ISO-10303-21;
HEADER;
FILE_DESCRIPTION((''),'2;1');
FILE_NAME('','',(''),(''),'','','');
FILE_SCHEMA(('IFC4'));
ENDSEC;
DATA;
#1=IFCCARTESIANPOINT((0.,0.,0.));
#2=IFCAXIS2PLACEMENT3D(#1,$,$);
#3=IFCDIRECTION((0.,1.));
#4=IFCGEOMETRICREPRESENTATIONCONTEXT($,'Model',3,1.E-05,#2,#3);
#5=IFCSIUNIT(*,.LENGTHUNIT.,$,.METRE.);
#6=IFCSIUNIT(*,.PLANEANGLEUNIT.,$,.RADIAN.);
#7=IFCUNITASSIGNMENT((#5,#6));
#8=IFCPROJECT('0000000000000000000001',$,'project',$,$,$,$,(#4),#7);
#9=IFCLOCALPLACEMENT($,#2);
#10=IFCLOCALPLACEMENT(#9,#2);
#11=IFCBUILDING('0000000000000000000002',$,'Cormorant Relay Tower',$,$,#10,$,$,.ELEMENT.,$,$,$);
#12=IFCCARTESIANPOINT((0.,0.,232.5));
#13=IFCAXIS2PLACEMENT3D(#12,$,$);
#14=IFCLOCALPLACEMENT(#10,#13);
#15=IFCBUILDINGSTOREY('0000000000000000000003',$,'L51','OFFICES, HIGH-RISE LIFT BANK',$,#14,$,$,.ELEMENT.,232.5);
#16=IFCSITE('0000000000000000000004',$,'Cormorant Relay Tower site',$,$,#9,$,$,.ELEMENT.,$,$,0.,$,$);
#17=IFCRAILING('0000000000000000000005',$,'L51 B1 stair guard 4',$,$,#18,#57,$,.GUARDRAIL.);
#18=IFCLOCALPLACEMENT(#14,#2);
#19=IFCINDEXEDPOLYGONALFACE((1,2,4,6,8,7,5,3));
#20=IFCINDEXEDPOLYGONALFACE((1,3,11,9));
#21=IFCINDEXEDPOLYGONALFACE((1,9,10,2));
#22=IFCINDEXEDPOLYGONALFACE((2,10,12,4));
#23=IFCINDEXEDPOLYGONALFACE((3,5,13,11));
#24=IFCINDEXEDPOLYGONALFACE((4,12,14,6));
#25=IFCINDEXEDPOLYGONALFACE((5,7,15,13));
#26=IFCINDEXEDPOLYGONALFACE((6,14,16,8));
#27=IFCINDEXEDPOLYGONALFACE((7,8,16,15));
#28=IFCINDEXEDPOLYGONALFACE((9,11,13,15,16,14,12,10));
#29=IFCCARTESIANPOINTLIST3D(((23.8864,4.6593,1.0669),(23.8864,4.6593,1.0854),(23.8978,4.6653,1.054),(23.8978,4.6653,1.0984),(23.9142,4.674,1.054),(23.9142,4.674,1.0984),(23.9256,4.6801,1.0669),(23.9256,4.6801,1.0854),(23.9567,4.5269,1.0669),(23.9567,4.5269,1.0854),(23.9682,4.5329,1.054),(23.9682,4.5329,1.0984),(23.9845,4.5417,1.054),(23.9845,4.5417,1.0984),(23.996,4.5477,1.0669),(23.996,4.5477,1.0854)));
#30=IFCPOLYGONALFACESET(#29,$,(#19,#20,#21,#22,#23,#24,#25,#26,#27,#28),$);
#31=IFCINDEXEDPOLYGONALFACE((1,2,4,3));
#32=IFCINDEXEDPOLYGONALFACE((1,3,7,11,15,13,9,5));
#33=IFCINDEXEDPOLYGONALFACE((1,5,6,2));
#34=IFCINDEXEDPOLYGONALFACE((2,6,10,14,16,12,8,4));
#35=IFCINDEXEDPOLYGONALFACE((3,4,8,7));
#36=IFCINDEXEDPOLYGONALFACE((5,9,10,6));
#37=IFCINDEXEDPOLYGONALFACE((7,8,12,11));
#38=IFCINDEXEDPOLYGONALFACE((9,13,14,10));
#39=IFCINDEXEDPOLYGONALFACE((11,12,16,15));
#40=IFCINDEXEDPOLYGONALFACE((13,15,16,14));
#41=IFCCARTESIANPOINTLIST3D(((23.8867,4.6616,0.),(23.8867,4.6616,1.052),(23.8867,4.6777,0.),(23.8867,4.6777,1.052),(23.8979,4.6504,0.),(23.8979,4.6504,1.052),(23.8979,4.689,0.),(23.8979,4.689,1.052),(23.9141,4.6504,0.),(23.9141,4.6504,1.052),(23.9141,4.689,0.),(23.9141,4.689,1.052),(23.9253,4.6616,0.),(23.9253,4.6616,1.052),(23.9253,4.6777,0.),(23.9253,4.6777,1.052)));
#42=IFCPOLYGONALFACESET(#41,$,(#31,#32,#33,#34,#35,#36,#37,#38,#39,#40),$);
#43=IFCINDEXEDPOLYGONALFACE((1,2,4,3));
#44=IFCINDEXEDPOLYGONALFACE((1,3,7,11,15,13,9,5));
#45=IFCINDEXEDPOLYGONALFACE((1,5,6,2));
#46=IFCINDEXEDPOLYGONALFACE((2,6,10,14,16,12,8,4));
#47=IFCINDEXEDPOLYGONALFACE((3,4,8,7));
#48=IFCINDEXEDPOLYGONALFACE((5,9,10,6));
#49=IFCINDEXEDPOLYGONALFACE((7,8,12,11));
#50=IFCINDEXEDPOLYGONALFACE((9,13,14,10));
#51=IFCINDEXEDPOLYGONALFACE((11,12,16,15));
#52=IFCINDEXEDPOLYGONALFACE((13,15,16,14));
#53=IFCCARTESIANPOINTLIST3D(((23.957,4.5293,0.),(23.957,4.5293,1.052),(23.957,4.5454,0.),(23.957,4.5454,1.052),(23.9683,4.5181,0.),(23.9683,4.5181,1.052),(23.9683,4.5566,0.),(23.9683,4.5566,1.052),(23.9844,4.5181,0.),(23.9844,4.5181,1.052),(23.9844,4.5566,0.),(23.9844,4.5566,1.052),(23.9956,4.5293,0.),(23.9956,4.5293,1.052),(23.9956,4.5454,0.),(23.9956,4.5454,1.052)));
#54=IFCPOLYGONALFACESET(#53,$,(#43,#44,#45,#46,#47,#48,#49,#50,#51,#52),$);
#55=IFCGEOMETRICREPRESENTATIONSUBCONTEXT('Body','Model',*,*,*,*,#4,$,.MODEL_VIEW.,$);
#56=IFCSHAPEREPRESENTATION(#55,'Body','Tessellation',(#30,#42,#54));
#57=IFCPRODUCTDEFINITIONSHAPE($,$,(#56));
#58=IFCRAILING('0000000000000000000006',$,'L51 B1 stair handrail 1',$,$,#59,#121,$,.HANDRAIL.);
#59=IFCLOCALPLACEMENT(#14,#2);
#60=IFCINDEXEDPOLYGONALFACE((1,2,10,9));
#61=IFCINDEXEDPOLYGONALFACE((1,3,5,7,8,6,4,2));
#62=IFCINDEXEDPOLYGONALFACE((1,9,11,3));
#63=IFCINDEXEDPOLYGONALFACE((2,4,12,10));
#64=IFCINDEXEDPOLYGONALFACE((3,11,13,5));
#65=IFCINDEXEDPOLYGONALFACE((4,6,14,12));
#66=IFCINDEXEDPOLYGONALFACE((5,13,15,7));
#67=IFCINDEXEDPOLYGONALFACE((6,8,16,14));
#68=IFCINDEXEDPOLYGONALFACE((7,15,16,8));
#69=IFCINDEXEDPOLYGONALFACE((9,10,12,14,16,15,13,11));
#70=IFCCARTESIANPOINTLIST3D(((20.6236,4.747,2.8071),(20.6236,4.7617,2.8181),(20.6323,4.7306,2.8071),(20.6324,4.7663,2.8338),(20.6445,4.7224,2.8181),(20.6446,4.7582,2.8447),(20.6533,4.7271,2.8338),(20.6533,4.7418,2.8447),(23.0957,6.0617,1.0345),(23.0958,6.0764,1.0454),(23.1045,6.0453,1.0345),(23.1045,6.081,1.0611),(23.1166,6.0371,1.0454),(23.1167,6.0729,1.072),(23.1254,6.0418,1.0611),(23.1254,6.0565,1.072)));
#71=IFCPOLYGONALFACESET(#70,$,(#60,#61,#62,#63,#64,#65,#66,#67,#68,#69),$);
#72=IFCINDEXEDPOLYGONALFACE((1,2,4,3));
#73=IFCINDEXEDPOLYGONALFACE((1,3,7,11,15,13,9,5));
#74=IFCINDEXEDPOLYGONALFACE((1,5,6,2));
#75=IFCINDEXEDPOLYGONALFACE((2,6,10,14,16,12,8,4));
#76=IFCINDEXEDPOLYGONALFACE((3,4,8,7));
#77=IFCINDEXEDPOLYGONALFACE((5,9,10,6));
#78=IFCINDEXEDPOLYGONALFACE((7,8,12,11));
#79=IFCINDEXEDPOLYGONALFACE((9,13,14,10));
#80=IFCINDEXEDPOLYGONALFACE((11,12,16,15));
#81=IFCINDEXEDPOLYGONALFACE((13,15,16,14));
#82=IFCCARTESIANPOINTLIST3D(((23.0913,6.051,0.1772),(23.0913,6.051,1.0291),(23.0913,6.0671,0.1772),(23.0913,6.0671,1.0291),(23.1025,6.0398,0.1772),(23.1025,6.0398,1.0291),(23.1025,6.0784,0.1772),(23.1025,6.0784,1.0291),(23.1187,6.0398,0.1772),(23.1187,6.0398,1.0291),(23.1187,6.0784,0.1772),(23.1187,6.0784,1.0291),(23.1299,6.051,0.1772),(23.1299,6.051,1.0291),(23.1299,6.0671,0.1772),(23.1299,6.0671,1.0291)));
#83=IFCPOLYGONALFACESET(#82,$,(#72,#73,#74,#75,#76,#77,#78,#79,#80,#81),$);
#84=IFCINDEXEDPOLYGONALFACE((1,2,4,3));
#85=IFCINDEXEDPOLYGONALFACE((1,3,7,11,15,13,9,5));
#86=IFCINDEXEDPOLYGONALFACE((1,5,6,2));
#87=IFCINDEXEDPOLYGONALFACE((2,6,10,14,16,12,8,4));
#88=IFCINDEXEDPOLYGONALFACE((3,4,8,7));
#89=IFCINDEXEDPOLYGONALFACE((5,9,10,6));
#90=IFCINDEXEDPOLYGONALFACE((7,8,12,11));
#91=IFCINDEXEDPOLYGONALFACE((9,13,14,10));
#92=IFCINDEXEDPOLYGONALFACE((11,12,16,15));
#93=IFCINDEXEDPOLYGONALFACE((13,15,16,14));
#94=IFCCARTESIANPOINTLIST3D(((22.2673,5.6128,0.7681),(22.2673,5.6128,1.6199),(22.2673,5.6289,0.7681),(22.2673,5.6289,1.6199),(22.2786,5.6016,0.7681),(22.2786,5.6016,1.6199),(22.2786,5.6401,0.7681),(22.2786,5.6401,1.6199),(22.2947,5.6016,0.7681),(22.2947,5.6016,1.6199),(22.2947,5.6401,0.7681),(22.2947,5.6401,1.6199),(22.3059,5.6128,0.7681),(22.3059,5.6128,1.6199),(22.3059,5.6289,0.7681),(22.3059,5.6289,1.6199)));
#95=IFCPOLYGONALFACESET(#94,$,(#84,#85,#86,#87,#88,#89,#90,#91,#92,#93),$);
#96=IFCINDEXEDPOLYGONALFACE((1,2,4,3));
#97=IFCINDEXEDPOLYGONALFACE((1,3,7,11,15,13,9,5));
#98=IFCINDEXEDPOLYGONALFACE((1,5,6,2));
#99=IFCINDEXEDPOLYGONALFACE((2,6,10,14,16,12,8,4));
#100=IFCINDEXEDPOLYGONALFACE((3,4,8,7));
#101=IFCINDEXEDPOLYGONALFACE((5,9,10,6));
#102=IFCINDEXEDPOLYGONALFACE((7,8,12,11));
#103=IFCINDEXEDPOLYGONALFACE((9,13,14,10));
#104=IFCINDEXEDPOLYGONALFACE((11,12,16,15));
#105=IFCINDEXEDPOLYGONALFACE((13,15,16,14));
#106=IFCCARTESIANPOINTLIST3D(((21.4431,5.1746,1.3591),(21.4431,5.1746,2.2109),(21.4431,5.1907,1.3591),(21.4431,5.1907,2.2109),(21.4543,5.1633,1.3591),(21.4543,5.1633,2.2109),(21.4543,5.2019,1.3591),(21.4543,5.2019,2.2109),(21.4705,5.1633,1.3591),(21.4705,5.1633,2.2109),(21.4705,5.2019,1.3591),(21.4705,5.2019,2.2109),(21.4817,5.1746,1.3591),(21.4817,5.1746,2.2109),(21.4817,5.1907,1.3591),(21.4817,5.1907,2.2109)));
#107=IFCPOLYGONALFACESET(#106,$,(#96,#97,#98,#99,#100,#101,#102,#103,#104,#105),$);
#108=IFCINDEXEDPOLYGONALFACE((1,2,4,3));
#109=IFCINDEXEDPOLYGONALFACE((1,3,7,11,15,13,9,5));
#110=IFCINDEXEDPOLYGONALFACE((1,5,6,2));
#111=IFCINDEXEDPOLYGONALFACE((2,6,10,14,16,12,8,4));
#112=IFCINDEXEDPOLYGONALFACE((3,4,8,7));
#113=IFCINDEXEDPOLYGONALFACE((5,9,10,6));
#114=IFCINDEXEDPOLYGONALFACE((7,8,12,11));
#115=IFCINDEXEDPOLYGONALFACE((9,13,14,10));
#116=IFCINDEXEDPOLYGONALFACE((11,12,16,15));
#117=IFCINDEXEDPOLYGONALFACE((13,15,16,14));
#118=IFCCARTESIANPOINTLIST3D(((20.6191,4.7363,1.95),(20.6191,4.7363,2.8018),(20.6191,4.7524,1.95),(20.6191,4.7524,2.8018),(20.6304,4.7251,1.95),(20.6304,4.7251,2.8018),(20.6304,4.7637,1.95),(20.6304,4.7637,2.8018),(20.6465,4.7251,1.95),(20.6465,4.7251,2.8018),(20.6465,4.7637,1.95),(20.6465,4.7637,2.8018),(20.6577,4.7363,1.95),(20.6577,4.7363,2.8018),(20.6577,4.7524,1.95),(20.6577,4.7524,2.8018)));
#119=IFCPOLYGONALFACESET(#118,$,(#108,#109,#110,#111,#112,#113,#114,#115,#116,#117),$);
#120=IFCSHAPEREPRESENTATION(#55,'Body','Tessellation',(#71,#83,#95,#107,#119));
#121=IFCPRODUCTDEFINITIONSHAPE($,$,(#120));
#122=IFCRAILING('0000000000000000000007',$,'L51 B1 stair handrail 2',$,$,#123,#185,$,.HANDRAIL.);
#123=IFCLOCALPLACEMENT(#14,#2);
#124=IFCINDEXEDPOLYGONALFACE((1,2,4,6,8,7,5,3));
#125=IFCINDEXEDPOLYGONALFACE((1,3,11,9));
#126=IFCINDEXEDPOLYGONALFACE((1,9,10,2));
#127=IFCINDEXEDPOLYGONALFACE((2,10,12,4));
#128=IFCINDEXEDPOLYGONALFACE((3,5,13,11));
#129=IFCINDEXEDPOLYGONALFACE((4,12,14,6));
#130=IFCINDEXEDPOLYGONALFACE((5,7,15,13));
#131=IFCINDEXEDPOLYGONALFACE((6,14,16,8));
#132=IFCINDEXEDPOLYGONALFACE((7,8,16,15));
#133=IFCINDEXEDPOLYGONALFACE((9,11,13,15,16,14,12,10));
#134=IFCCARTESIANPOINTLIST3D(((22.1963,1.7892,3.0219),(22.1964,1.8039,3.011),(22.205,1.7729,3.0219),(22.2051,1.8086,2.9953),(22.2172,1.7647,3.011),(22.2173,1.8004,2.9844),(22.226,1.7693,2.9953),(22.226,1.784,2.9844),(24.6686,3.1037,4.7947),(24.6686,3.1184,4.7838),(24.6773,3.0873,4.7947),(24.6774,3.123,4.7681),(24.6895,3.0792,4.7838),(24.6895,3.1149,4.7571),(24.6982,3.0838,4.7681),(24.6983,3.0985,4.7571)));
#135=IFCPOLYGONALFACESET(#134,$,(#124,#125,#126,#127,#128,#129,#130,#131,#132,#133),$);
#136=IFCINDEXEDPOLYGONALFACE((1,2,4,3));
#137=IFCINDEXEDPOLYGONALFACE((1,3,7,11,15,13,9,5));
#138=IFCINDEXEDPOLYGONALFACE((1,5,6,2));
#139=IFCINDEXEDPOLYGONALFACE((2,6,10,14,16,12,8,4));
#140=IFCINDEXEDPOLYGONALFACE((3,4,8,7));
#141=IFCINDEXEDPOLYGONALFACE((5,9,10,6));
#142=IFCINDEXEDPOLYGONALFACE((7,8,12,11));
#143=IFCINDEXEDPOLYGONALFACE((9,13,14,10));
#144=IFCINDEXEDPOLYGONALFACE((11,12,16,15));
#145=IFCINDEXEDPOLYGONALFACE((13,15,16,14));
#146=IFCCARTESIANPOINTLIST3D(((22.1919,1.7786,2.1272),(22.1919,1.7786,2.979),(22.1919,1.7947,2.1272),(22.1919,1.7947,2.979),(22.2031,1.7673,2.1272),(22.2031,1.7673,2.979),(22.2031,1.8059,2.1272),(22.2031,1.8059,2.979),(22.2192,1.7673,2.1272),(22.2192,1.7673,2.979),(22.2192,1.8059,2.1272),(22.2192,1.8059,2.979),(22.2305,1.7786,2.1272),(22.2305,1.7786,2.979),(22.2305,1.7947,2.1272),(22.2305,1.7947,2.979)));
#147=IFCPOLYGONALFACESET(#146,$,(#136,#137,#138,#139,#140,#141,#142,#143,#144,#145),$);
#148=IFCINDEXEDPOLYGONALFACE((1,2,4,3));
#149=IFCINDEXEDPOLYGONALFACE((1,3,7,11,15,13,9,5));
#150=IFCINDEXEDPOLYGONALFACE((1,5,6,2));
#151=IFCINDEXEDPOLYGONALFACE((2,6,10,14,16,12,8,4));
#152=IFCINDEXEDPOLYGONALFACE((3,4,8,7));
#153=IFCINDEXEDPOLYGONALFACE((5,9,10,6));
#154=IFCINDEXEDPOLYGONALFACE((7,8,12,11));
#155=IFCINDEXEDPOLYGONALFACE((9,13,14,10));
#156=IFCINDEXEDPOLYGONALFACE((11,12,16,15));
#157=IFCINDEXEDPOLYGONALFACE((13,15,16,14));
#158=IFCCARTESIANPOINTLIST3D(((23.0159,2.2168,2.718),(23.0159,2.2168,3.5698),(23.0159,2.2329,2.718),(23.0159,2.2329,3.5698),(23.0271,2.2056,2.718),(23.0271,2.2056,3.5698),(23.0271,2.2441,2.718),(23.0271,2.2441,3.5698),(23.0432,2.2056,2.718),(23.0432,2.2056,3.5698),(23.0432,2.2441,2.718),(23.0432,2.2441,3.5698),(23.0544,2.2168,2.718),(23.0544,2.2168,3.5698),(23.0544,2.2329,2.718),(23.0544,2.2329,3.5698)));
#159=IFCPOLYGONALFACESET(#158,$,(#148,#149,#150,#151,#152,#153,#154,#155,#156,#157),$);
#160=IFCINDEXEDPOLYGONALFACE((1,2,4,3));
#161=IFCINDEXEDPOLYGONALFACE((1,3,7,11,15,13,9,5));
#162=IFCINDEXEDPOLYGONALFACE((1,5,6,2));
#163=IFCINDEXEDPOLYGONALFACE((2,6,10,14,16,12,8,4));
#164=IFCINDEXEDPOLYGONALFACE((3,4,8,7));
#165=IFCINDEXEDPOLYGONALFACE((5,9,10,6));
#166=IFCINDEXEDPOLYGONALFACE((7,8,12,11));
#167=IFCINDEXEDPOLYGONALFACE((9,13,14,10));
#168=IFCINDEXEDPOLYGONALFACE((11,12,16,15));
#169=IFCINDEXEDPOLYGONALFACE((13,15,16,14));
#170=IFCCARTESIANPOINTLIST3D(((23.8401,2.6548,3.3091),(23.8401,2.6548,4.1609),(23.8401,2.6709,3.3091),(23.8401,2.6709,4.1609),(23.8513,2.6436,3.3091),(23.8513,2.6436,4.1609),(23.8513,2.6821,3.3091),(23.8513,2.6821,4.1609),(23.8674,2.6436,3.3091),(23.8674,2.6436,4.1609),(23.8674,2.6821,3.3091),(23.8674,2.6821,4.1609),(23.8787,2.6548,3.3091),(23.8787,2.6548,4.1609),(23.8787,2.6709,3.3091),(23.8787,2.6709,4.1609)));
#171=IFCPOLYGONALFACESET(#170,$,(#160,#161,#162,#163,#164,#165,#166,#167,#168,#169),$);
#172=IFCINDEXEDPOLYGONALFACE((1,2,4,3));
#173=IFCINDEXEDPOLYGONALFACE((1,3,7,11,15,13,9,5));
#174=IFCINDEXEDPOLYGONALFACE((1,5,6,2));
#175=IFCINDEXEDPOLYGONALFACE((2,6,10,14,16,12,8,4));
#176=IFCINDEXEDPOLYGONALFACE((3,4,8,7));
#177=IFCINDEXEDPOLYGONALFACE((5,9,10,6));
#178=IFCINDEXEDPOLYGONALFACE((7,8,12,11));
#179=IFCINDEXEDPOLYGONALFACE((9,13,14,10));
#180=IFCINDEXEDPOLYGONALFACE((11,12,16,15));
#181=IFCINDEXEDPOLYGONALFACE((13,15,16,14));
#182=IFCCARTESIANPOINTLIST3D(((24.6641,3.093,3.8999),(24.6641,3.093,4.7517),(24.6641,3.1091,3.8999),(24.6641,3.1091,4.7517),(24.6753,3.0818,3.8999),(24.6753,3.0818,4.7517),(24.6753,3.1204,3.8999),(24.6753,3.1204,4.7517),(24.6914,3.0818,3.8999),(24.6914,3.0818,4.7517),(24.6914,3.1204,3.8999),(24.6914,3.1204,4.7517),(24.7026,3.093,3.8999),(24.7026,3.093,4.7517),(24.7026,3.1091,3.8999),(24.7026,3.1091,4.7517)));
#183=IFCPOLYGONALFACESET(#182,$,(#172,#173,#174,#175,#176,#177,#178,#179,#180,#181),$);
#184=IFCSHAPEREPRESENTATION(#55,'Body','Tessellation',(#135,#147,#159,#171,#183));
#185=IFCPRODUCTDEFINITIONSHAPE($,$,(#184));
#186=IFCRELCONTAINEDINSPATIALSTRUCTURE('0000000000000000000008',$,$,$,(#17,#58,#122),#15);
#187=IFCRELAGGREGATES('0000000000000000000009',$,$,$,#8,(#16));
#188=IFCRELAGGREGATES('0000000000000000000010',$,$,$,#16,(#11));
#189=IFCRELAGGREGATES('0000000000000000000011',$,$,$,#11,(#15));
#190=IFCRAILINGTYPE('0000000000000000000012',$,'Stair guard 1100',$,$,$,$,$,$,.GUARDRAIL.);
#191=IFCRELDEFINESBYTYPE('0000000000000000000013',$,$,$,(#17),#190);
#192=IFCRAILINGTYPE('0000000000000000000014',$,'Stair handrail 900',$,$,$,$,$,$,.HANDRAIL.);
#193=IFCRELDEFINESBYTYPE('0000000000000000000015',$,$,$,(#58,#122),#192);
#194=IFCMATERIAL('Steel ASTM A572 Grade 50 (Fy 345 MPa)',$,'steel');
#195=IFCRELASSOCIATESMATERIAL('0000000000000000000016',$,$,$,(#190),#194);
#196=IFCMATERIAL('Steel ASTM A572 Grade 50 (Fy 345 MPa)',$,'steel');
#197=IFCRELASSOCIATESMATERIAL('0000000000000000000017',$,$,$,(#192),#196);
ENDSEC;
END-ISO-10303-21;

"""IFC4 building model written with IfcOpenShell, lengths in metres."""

from ifc_helpers import new_model, si_unit, direction, frame, origin, place, context, subcontext, project, spatial, polyline, outline, extrude, material, type_object, element, save


model = new_model("IFC4")

# Units and contexts
model_context = context("Model", 3, precision=1e-05, world=origin(), true_north=direction((0.0, 1.0)))
body_context = subcontext(model_context, "Body", "Model", "MODEL_VIEW")
ifc_project = project(units=[si_unit("LENGTHUNIT", "METRE"), si_unit("PLANEANGLEUNIT", "RADIAN")], contexts=[model_context])

# Site, building, storey
site_placement = place(None, origin())
site = spatial("IfcSite", under=ifc_project, at=site_placement, Name="Cormorant Relay Tower site", CompositionType="ELEMENT", RefElevation=0.0)
building_placement = place(site_placement, origin())
building = spatial("IfcBuilding", under=site, at=building_placement, Name="Cormorant Relay Tower", CompositionType="ELEMENT")
storey_placement = place(building_placement, frame((0.0, 0.0, 232.5)))
storey = spatial("IfcBuildingStorey", under=building, at=storey_placement, Name="L51", Description="OFFICES, HIGH-RISE LIFT BANK", CompositionType="ELEMENT", Elevation=232.5)

# Railings
ifc_material_1 = material(Name="Steel ASTM A572 Grade 50 (Fy 345 MPa)", Category="steel")
railing_type_1 = type_object("IfcRailingType", Name="Stair guard 1100", PredefinedType="GUARDRAIL", material=ifc_material_1)
railing_1_placement = place(storey_placement, frame((23.906, 4.6697, 0.0)))
element("IfcRailing", 1, at=railing_1_placement, inside=storey, type_object=railing_type_1, Name="L51 B1 stair guard 4", PredefinedType="GUARDRAIL", context=body_context, shape_type="SweptSolid", body=[
    extrude(outline(polyline([(0.0222, 0.0093), (0.0093, 0.0222), (-0.0093, 0.0222), (-0.0222, 0.0093), (-0.0222, -0.0093), (-0.0093, -0.0222), (0.0093, -0.0222), (0.0222, -0.0093), (0.0222, 0.0093)])), frame((0.0, 0.0, 1.0762), z_axis=(0.469235, -0.883074, 0.0), x_axis=(0.883074, 0.469235, 0.0)), (0.0, 0.0, 1.0), 0.1499),
    extrude(outline(polyline([(0.0193, 0.0081), (0.0081, 0.0193), (-0.0081, 0.0193), (-0.0193, 0.0081), (-0.0193, -0.0081), (-0.0081, -0.0193), (0.0081, -0.0193), (0.0193, -0.0081), (0.0193, 0.0081)])), origin(), (0.0, 0.0, 1.0), 1.052),
    extrude(outline(polyline([(0.0193, 0.0081), (0.0081, 0.0193), (-0.0081, 0.0193), (-0.0193, 0.0081), (-0.0193, -0.0081), (-0.0081, -0.0193), (0.0081, -0.0193), (0.0193, -0.0081), (0.0193, 0.0081)])), frame((0.0703, -0.1323, 0.0)), (0.0, 0.0, 1.0), 1.052),
])
ifc_material_2 = material(Name="Steel ASTM A572 Grade 50 (Fy 345 MPa)", Category="steel")
railing_type_2 = type_object("IfcRailingType", Name="Stair handrail 900", PredefinedType="HANDRAIL", material=ifc_material_2)
railing_2_placement = place(storey_placement, frame((23.1106, 6.0591, 0.1772)))
element("IfcRailing", 2, at=railing_2_placement, inside=storey, type_object=railing_type_2, Name="L51 B1 stair handrail 1", PredefinedType="HANDRAIL", context=body_context, shape_type="SweptSolid", body=[
    extrude(outline(polyline([(0.0222, 0.0093), (0.0093, 0.0222), (-0.0093, 0.0222), (-0.0222, 0.0093), (-0.0222, -0.0093), (-0.0093, -0.0222), (0.0093, -0.0222), (0.0222, -0.0093), (0.0222, 0.0093)])), frame((0.0, 0.0, 0.876), z_axis=(-0.745979, -0.396711, 0.534916), x_axis=(0.469533, -0.882915, 0.0)), (0.0, 0.0, 1.0), 3.314),
    extrude(outline(polyline([(0.0193, 0.0081), (0.0081, 0.0193), (-0.0081, 0.0193), (-0.0193, 0.0081), (-0.0193, -0.0081), (-0.0081, -0.0193), (0.0081, -0.0193), (0.0193, -0.0081), (0.0193, 0.0081)])), origin(), (0.0, 0.0, 1.0), 0.8518),
    extrude(outline(polyline([(0.0193, 0.0081), (0.0081, 0.0193), (-0.0081, 0.0193), (-0.0193, 0.0081), (-0.0193, -0.0081), (-0.0081, -0.0193), (0.0081, -0.0193), (0.0193, -0.0081), (0.0193, 0.0081)])), frame((-0.824, -0.4382, 0.5908)), (0.0, 0.0, 1.0), 0.8518),
    extrude(outline(polyline([(0.0193, 0.0081), (0.0081, 0.0193), (-0.0081, 0.0193), (-0.0193, 0.0081), (-0.0193, -0.0081), (-0.0081, -0.0193), (0.0081, -0.0193), (0.0193, -0.0081), (0.0193, 0.0081)])), frame((-1.6482, -0.8765, 1.1819)), (0.0, 0.0, 1.0), 0.8518),
    extrude(outline(polyline([(0.0193, 0.0081), (0.0081, 0.0193), (-0.0081, 0.0193), (-0.0193, 0.0081), (-0.0193, -0.0081), (-0.0081, -0.0193), (0.0081, -0.0193), (0.0193, -0.0081), (0.0193, 0.0081)])), frame((-2.4722, -1.3147, 1.7727)), (0.0, 0.0, 1.0), 0.8518),
])
railing_3_placement = place(storey_placement, frame((22.2112, 1.7866, 2.1272)))
element("IfcRailing", 3, at=railing_3_placement, inside=storey, type_object=railing_type_2, Name="L51 B1 stair handrail 2", PredefinedType="HANDRAIL", context=body_context, shape_type="SweptSolid", body=[
    extrude(outline(polyline([(0.0222, 0.0093), (0.0093, 0.0222), (-0.0093, 0.0222), (-0.0222, 0.0093), (-0.0222, -0.0093), (-0.0093, -0.0222), (0.0093, -0.0222), (0.0222, -0.0093), (0.0222, 0.0093)])), frame((0.0, 0.0, 0.876), z_axis=(0.746001, 0.396649, 0.534931), x_axis=(-0.469465, 0.882951, 0.0)), (0.0, 0.0, 1.0), 3.314),
    extrude(outline(polyline([(0.0193, 0.0081), (0.0081, 0.0193), (-0.0081, 0.0193), (-0.0193, 0.0081), (-0.0193, -0.0081), (-0.0081, -0.0193), (0.0081, -0.0193), (0.0193, -0.0081), (0.0193, 0.0081)])), origin(), (0.0, 0.0, 1.0), 0.8518),
    extrude(outline(polyline([(0.0193, 0.0081), (0.0081, 0.0193), (-0.0081, 0.0193), (-0.0193, 0.0081), (-0.0193, -0.0081), (-0.0081, -0.0193), (0.0081, -0.0193), (0.0193, -0.0081), (0.0193, 0.0081)])), frame((0.824, 0.4382, 0.5908)), (0.0, 0.0, 1.0), 0.8518),
    extrude(outline(polyline([(0.0193, 0.0081), (0.0081, 0.0193), (-0.0081, 0.0193), (-0.0193, 0.0081), (-0.0193, -0.0081), (-0.0081, -0.0193), (0.0081, -0.0193), (0.0193, -0.0081), (0.0193, 0.0081)])), frame((1.6482, 0.8762, 1.1819)), (0.0, 0.0, 1.0), 0.8518),
    extrude(outline(polyline([(0.0193, 0.0081), (0.0081, 0.0193), (-0.0081, 0.0193), (-0.0193, 0.0081), (-0.0193, -0.0081), (-0.0081, -0.0193), (0.0081, -0.0193), (0.0193, -0.0081), (0.0193, 0.0081)])), frame((2.4722, 1.3145, 1.7727)), (0.0, 0.0, 1.0), 0.8518),
])

save(model, "model.ifc")
